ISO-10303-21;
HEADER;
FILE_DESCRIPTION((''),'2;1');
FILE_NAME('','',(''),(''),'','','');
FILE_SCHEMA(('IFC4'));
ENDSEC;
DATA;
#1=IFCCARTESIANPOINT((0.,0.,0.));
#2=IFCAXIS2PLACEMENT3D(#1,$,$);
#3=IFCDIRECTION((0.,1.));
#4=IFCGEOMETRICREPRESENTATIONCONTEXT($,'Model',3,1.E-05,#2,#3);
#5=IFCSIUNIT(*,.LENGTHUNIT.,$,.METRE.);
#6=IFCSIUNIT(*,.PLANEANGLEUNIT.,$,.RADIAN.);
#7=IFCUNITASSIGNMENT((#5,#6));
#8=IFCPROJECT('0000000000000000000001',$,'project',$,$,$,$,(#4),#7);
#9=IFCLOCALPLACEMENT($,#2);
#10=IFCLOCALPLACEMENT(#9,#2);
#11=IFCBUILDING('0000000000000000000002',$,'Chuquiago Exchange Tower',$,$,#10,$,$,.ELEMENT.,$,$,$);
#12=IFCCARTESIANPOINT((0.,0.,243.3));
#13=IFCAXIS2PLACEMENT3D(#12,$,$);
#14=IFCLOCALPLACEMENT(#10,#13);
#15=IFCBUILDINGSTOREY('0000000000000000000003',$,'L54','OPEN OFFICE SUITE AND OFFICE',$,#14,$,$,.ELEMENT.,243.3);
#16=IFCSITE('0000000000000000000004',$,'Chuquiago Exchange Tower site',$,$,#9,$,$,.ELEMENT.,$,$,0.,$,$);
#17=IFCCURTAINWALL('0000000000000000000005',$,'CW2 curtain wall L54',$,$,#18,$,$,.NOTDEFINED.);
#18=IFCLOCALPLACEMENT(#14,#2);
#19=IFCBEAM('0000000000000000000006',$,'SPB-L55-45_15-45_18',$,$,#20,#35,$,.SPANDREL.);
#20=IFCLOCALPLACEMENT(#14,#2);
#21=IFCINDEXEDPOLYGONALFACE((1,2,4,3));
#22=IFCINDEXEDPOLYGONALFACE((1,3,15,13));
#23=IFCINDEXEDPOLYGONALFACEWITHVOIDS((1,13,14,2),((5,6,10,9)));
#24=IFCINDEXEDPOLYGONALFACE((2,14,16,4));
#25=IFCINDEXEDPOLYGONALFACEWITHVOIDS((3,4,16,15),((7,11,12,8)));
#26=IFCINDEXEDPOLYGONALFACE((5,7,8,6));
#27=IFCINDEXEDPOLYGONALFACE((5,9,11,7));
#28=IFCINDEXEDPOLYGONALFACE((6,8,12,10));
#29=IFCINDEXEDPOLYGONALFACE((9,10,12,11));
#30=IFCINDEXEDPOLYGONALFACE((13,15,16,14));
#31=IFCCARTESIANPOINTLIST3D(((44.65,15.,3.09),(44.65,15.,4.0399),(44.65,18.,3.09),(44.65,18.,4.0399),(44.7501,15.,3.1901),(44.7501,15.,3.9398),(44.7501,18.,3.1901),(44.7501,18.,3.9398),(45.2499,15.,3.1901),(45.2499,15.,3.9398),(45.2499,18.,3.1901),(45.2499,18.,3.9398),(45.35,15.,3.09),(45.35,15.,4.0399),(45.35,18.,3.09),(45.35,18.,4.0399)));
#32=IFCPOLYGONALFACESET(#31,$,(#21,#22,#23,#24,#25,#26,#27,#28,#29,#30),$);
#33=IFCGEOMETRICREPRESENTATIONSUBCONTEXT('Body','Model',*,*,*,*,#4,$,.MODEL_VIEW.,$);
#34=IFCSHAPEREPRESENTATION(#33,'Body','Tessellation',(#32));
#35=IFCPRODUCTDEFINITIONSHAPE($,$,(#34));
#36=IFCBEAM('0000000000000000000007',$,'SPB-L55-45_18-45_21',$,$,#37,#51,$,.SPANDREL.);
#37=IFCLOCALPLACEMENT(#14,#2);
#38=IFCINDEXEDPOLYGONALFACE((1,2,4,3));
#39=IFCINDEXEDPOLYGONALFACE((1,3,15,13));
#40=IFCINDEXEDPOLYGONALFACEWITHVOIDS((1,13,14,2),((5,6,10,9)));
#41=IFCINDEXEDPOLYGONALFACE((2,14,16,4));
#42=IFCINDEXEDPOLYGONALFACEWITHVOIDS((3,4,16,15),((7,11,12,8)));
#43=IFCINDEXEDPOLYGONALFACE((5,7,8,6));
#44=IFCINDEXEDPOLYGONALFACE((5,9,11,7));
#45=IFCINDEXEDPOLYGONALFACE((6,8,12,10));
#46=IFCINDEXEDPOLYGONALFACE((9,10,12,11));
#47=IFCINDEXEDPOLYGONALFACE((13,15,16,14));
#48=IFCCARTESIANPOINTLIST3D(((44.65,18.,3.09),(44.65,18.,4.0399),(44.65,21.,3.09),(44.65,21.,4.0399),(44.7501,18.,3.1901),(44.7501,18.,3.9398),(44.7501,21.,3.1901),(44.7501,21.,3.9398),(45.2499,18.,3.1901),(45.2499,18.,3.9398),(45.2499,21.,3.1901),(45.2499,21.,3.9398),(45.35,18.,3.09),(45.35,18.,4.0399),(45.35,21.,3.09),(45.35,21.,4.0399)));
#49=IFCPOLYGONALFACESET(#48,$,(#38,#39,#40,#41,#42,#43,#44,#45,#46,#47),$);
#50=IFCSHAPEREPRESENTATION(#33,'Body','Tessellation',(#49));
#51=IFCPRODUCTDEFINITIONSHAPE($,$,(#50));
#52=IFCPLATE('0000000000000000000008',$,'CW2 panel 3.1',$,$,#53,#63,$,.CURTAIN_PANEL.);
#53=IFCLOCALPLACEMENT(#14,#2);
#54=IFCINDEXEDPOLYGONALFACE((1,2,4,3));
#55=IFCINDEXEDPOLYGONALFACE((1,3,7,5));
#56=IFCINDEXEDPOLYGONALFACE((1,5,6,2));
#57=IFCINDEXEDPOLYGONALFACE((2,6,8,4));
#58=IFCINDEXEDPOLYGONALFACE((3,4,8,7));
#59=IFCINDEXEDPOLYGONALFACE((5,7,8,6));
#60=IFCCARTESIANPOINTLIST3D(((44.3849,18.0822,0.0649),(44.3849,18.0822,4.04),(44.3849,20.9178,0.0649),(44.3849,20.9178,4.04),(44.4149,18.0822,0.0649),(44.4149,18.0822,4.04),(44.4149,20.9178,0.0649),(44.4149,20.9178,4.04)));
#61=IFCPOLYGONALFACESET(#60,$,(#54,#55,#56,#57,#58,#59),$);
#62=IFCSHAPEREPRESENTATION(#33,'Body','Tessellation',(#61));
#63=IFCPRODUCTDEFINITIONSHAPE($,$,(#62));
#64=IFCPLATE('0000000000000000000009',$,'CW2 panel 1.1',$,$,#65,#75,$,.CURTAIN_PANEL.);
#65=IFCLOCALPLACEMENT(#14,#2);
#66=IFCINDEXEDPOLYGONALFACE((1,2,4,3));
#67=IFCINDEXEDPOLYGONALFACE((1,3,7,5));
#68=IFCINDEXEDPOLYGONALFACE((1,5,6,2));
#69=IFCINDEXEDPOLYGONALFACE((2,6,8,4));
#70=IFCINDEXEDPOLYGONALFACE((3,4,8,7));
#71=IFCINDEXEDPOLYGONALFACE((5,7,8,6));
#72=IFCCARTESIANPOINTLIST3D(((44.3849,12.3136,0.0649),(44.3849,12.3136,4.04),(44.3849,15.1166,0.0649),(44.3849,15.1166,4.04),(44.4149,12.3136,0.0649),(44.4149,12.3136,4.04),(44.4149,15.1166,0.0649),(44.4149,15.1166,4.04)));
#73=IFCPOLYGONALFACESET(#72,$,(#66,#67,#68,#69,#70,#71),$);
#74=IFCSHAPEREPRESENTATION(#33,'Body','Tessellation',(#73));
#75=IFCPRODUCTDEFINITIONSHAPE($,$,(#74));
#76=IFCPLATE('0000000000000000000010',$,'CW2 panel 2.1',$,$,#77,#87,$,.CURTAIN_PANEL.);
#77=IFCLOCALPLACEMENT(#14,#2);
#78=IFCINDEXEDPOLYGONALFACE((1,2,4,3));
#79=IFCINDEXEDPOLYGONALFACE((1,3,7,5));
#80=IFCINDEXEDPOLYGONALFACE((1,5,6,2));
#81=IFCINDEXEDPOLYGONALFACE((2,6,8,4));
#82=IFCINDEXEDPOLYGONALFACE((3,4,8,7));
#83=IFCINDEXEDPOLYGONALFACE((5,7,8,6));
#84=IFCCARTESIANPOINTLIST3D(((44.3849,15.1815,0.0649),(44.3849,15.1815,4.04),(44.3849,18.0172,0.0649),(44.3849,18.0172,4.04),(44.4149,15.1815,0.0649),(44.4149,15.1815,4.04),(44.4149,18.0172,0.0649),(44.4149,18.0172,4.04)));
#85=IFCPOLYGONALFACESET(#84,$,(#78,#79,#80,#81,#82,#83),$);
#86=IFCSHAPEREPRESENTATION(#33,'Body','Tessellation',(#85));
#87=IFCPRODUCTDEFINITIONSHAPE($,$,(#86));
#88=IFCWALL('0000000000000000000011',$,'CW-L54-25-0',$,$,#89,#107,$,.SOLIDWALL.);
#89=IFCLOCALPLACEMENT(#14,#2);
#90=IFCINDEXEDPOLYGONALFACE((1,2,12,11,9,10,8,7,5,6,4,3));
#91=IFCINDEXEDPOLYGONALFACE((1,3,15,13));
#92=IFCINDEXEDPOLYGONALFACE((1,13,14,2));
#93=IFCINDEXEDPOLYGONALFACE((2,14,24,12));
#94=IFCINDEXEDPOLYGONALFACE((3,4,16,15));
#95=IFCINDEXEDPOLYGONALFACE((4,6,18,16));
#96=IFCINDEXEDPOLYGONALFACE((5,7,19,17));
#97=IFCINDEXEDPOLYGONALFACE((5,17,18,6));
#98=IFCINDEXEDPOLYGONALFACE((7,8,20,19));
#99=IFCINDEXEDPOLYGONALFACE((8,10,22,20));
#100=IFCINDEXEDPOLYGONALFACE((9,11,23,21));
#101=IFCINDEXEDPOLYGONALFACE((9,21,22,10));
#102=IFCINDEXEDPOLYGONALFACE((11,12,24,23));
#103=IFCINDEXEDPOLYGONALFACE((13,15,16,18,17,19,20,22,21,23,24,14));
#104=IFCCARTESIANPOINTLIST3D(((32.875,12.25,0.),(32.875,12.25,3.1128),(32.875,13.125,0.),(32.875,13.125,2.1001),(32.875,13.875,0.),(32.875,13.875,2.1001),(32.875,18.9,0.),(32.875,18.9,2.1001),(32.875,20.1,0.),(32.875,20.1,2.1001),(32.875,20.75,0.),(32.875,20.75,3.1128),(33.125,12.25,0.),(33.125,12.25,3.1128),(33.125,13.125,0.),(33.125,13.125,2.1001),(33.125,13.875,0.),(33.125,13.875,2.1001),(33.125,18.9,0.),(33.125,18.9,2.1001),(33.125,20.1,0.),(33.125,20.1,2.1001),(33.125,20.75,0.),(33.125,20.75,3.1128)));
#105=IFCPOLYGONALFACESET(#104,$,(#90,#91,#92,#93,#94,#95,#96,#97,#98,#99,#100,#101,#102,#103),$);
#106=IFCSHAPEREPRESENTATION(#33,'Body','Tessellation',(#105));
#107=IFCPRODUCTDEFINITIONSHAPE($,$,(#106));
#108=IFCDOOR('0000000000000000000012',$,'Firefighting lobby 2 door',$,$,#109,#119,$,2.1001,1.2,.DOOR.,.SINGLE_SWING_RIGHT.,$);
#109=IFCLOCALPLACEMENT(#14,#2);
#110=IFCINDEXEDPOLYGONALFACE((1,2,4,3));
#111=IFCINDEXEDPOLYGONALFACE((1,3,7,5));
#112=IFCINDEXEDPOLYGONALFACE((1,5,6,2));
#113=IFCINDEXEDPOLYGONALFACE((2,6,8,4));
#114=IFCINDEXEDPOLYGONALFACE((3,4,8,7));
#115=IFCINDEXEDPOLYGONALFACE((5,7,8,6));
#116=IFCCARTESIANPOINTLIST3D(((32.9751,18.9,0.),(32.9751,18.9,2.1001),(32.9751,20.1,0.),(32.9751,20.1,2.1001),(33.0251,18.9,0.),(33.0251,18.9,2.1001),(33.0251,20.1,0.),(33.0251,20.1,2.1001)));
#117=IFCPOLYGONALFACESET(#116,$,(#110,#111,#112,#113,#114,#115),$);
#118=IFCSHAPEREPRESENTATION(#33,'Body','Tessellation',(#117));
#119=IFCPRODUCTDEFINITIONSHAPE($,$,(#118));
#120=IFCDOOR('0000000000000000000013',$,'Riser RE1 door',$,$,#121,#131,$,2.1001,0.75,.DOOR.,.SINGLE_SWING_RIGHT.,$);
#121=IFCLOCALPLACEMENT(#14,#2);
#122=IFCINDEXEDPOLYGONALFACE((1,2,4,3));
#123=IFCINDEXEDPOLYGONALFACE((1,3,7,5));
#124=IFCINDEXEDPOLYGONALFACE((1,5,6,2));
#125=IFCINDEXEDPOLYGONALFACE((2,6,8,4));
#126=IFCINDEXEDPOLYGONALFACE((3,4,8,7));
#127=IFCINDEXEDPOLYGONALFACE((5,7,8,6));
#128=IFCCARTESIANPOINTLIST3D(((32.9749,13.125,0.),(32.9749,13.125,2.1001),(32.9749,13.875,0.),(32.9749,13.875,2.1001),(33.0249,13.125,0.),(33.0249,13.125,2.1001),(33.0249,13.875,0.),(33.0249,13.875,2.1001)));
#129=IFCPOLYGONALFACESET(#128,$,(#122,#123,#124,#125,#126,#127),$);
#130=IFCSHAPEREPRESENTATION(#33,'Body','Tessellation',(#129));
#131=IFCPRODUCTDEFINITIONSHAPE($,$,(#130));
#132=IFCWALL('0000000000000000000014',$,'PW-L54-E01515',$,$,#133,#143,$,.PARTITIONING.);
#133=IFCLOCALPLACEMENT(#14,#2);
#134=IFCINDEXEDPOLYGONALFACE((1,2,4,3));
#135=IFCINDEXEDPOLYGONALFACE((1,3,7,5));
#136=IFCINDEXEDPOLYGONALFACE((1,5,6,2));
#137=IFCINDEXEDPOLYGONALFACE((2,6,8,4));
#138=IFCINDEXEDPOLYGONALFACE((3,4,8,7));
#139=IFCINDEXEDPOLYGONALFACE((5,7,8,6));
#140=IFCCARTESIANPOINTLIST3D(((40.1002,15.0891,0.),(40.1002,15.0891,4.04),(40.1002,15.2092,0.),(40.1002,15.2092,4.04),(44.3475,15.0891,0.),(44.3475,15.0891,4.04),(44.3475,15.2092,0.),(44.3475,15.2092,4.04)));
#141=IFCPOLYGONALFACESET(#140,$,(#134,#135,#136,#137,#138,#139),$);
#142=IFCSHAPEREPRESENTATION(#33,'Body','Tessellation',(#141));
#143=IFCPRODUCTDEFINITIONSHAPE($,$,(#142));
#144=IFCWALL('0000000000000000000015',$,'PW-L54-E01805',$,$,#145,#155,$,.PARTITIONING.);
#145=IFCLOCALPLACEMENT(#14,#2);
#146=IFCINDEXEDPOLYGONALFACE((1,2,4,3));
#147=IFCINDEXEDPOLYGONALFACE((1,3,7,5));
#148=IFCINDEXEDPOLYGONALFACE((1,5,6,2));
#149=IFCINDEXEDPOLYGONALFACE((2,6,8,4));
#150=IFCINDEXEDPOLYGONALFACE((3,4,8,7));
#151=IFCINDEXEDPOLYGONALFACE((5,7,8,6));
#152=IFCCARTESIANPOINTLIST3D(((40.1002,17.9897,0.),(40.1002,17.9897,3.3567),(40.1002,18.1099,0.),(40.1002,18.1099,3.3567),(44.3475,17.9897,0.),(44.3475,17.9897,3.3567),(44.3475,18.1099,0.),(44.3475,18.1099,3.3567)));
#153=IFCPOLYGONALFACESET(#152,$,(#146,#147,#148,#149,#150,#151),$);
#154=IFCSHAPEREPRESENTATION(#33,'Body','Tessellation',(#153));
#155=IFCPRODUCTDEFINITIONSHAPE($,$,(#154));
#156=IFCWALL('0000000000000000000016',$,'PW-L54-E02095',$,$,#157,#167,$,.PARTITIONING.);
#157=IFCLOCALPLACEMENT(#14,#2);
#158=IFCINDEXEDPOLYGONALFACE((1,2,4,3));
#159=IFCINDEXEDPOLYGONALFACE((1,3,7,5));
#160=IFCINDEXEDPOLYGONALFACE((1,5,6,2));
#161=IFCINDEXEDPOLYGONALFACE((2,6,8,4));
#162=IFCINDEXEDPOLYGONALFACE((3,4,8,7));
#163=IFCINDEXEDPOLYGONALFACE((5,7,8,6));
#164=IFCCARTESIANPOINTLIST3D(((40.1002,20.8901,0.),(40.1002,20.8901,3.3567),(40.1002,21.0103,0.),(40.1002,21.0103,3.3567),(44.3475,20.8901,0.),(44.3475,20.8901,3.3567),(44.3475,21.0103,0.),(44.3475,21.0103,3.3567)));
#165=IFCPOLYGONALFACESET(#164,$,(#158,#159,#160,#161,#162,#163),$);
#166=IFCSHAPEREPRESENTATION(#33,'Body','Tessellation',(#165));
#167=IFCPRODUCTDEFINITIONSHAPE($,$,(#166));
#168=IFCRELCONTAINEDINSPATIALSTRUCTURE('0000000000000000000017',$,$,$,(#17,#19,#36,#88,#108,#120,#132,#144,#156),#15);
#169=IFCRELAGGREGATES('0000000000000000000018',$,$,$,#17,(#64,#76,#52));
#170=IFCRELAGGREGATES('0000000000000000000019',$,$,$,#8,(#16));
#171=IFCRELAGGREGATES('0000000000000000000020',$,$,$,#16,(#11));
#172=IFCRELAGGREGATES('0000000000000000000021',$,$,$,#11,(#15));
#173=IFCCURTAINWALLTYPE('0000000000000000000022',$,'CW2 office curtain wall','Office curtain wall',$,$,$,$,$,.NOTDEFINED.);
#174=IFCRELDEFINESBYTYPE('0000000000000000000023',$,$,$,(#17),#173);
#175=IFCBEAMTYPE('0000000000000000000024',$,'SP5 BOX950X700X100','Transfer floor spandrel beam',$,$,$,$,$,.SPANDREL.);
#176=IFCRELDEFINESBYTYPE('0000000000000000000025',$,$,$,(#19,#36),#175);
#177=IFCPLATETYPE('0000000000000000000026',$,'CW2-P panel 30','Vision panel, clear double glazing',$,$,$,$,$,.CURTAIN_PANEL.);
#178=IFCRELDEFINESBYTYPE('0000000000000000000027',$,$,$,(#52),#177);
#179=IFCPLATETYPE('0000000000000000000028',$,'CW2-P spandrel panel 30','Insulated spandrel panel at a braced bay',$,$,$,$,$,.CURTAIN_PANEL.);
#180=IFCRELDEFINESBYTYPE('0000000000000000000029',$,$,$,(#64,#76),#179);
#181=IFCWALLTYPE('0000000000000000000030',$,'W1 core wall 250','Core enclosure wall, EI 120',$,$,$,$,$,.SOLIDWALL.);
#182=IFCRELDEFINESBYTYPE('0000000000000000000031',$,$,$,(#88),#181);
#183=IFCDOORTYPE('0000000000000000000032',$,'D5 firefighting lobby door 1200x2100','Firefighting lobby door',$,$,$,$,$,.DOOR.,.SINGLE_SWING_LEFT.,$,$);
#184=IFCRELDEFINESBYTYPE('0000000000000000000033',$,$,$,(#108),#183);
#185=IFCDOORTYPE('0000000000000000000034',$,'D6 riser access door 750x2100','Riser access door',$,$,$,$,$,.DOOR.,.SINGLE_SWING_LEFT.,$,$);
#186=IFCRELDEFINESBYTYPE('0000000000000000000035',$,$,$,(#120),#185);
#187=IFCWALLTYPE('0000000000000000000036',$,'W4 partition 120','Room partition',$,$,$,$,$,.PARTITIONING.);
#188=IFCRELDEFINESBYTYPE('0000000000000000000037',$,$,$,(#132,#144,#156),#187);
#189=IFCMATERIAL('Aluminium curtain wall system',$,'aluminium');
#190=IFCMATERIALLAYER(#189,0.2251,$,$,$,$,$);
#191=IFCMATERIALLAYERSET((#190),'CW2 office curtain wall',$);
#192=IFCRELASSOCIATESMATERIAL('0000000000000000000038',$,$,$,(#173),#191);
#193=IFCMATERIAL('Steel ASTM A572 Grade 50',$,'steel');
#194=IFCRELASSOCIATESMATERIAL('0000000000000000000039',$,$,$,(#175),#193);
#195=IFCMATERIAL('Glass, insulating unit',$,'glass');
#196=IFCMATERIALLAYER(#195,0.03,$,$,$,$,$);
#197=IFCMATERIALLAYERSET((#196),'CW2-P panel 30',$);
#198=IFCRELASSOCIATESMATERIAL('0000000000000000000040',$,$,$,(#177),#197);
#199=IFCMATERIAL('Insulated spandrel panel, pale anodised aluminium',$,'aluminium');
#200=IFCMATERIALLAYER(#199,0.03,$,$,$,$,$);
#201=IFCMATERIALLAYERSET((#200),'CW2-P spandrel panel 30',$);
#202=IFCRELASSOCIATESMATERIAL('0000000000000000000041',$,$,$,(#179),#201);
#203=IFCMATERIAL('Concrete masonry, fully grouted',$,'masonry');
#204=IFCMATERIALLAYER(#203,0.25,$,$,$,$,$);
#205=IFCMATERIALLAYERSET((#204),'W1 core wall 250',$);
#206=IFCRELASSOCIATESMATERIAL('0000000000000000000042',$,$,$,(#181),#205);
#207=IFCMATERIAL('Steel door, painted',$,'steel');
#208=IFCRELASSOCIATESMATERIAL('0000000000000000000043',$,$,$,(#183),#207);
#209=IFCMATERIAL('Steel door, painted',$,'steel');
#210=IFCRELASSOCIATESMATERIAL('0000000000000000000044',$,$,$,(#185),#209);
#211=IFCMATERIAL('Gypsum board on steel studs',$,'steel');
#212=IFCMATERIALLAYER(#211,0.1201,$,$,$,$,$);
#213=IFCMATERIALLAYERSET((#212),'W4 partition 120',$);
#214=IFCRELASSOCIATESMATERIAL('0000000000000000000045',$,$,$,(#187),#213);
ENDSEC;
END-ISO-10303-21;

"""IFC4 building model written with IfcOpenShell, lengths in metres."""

from ifc_helpers import new_model, si_unit, direction, frame, frame_2d, origin, origin_2d, place, context, subcontext, project, spatial, rectangle, hollow_rectangle, extrude, material, layer, layer_set, material_profile, profile_set, type_object, element, fill, aggregate, save


model = new_model("IFC4")

# Units and contexts
model_context = context("Model", 3, precision=1e-05, world=origin(), true_north=direction((0.0, 1.0)))
body_context = subcontext(model_context, "Body", "Model", "MODEL_VIEW")
ifc_project = project(units=[si_unit("LENGTHUNIT", "METRE"), si_unit("PLANEANGLEUNIT", "RADIAN")], contexts=[model_context])

# Site, building, storey
site_placement = place(None, origin())
site = spatial("IfcSite", under=ifc_project, at=site_placement, Name="Chuquiago Exchange Tower site", CompositionType="ELEMENT", RefElevation=0.0)
building_placement = place(site_placement, origin())
building = spatial("IfcBuilding", under=site, at=building_placement, Name="Chuquiago Exchange Tower", CompositionType="ELEMENT")
storey_placement = place(building_placement, frame((0.0, 0.0, 243.3)))
storey = spatial("IfcBuildingStorey", under=building, at=storey_placement, Name="L54", Description="OPEN OFFICE SUITE AND OFFICE", CompositionType="ELEMENT", Elevation=243.3)

# Curtain wall
ifc_material_1 = material(Name="Aluminium curtain wall system", Category="aluminium")
ifc_layer_1 = layer(ifc_material_1, 0.2251)
ifc_layer_set_1 = layer_set([ifc_layer_1], Name="CW2 office curtain wall")
curtain_wall_type_1 = type_object("IfcCurtainWallType", Name="CW2 office curtain wall", Description="Office curtain wall", PredefinedType="NOTDEFINED", material=ifc_layer_set_1)
curtain_wall_1_placement = place(storey_placement, origin())
curtain_wall_1 = element("IfcCurtainWall", 1, at=curtain_wall_1_placement, inside=storey, type_object=curtain_wall_type_1, Name="CW2 curtain wall L54", PredefinedType="NOTDEFINED")

# Beams
ifc_material_2 = material(Name="Steel ASTM A572 Grade 50", Category="steel")
ifc_material_profile_1 = material_profile(ifc_material_2, hollow_rectangle(XDim=0.7, YDim=0.95, WallThickness=0.1001, at=origin_2d()), Name="BOX950X700X100")
ifc_profile_set_1 = profile_set([ifc_material_profile_1], Name="Steel ASTM A572 Grade 50")
beam_type_1 = type_object("IfcBeamType", Name="SP5 BOX950X700X100", Description="Transfer floor spandrel beam", PredefinedType="SPANDREL", material=ifc_profile_set_1)
for number, where, z_axis, x_axis, name in (
    (2, (45.0, 15.0, 3.5649), (0.0, 1.0, 0.0), (-1.0, 0.0, 0.0), "SPB-L55-45_15-45_18"),
    (3, (45.0, 18.0, 3.5649), (0.0, 1.0, 0.0), (-1.0, 0.0, 0.0), "SPB-L55-45_18-45_21"),
):
    element("IfcBeam", number, at=place(storey_placement, frame(where, z_axis=z_axis, x_axis=x_axis)), inside=storey, type_object=beam_type_1, Name=name, PredefinedType="SPANDREL", context=body_context, shape_type="SweptSolid", body=[
        extrude(hollow_rectangle(XDim=0.7, YDim=0.95, WallThickness=0.1001, at=origin_2d()), origin(), (0.0, 0.0, 1.0), 3.0),
    ])

# Plates
ifc_material_3 = material(Name="Glass, insulating unit", Category="glass")
ifc_layer_2 = layer(ifc_material_3, 0.03)
ifc_layer_set_2 = layer_set([ifc_layer_2], Name="CW2-P panel 30")
plate_type_1 = type_object("IfcPlateType", Name="CW2-P panel 30", Description="Vision panel, clear double glazing", PredefinedType="CURTAIN_PANEL", material=ifc_layer_set_2)
plate_1_placement = place(storey_placement, frame((44.3999, 19.5, 0.0649), z_axis=(0.0, 0.0, 1.0), x_axis=(0.0, 1.0, 0.0)))
plate_1 = element("IfcPlate", 4, at=plate_1_placement, type_object=plate_type_1, Name="CW2 panel 3.1", PredefinedType="CURTAIN_PANEL", context=body_context, shape_type="SweptSolid", body=[
    extrude(rectangle(XDim=2.8357, YDim=0.03, at=origin_2d()), origin(), (0.0, 0.0, 1.0), 3.9751),
])
ifc_material_4 = material(Name="Insulated spandrel panel, pale anodised aluminium", Category="aluminium")
ifc_layer_3 = layer(ifc_material_4, 0.03)
ifc_layer_set_3 = layer_set([ifc_layer_3], Name="CW2-P spandrel panel 30")
plate_type_2 = type_object("IfcPlateType", Name="CW2-P spandrel panel 30", Description="Insulated spandrel panel at a braced bay", PredefinedType="CURTAIN_PANEL", material=ifc_layer_set_3)
plate_2_placement = place(storey_placement, frame((44.3999, 13.7151, 0.0649), z_axis=(0.0, 0.0, 1.0), x_axis=(0.0, 1.0, 0.0)))
plate_2 = element("IfcPlate", 5, at=plate_2_placement, type_object=plate_type_2, Name="CW2 panel 1.1", PredefinedType="CURTAIN_PANEL", context=body_context, shape_type="SweptSolid", body=[
    extrude(rectangle(XDim=2.803, YDim=0.03, at=origin_2d()), origin(), (0.0, 0.0, 1.0), 3.9751),
])
plate_3_placement = place(storey_placement, frame((44.3999, 16.5994, 0.0649), z_axis=(0.0, 0.0, 1.0), x_axis=(0.0, 1.0, 0.0)))
plate_3 = element("IfcPlate", 6, at=plate_3_placement, type_object=plate_type_2, Name="CW2 panel 2.1", PredefinedType="CURTAIN_PANEL", context=body_context, shape_type="SweptSolid", body=[
    extrude(rectangle(XDim=2.8357, YDim=0.03, at=origin_2d()), origin(), (0.0, 0.0, 1.0), 3.9751),
])
aggregate(curtain_wall_1, [plate_2, plate_3, plate_1])

# Wall, openings, doors
ifc_material_5 = material(Name="Concrete masonry, fully grouted", Category="masonry")
ifc_layer_4 = layer(ifc_material_5, 0.25)
ifc_layer_set_4 = layer_set([ifc_layer_4], Name="W1 core wall 250")
wall_type_1 = type_object("IfcWallType", Name="W1 core wall 250", Description="Core enclosure wall, EI 120", PredefinedType="SOLIDWALL", material=ifc_layer_set_4)
wall_1_placement = place(storey_placement, frame((33.0, 12.25, 0.0), z_axis=(0.0, 0.0, 1.0), x_axis=(0.0, 1.0, 0.0)))
wall_1 = element("IfcWall", 7, at=wall_1_placement, inside=storey, type_object=wall_type_1, Name="CW-L54-25-0", PredefinedType="SOLIDWALL", context=body_context, shape_type="SweptSolid", body=[
    extrude(rectangle(XDim=8.5, YDim=0.25, at=frame_2d((4.25, 0.0))), origin(), (0.0, 0.0, 1.0), 3.1128),
])
opening_1_placement = place(wall_1_placement, frame((6.6499, 0.0, 0.0)))
opening_1 = element("IfcOpeningElement", 8, at=opening_1_placement, cuts=wall_1, PredefinedType="OPENING", context=body_context, shape_type="SweptSolid", body=[
    extrude(rectangle(XDim=1.2, YDim=2.1001, at=frame_2d((0.6001, 1.05))), frame((0.0, 0.135, 0.0), z_axis=(0.0, -1.0, 0.0), x_axis=(1.0, 0.0, 0.0)), (0.0, 0.0, 1.0), 0.27),
])
opening_2_placement = place(wall_1_placement, frame((0.875, 0.0, 0.0)))
opening_2 = element("IfcOpeningElement", 9, at=opening_2_placement, cuts=wall_1, PredefinedType="OPENING", context=body_context, shape_type="SweptSolid", body=[
    extrude(rectangle(XDim=0.75, YDim=2.1001, at=frame_2d((0.375, 1.05))), frame((0.0, 0.135, 0.0), z_axis=(0.0, -1.0, 0.0), x_axis=(1.0, 0.0, 0.0)), (0.0, 0.0, 1.0), 0.27),
])
ifc_material_6 = material(Name="Steel door, painted", Category="steel")
door_type_1 = type_object("IfcDoorType", Name="D5 firefighting lobby door 1200x2100", Description="Firefighting lobby door", OperationType="SINGLE_SWING_LEFT", PredefinedType="DOOR", material=ifc_material_6)
door_1_placement = place(opening_1_placement, origin())
door_1 = element("IfcDoor", 10, at=door_1_placement, inside=storey, type_object=door_type_1, Name="Firefighting lobby 2 door", OperationType="SINGLE_SWING_RIGHT", OverallHeight=2.1001, OverallWidth=1.2, PredefinedType="DOOR", context=body_context, shape_type="SweptSolid", body=[
    extrude(rectangle(XDim=1.2, YDim=2.1001, at=frame_2d((0.6001, 1.05))), frame((0.0, 0.0249, 0.0), z_axis=(0.0, -1.0, 0.0), x_axis=(1.0, 0.0, 0.0)), (0.0, 0.0, 1.0), 0.05),
])
fill(opening_1, door_1)
ifc_material_7 = material(Name="Steel door, painted", Category="steel")
door_type_2 = type_object("IfcDoorType", Name="D6 riser access door 750x2100", Description="Riser access door", OperationType="SINGLE_SWING_LEFT", PredefinedType="DOOR", material=ifc_material_7)
door_2_placement = place(opening_2_placement, frame((0.75, 0.0, 0.0), z_axis=(0.0, 0.0, 1.0), x_axis=(-1.0, 0.0, 0.0)))
door_2 = element("IfcDoor", 11, at=door_2_placement, inside=storey, type_object=door_type_2, Name="Riser RE1 door", OperationType="SINGLE_SWING_RIGHT", OverallHeight=2.1001, OverallWidth=0.75, PredefinedType="DOOR", context=body_context, shape_type="SweptSolid", body=[
    extrude(rectangle(XDim=0.75, YDim=2.1001, at=frame_2d((0.375, 1.05))), frame((0.0, 0.0249, 0.0), z_axis=(0.0, -1.0, 0.0), x_axis=(1.0, 0.0, 0.0)), (0.0, 0.0, 1.0), 0.05),
])
fill(opening_2, door_2)

# Walls
ifc_material_8 = material(Name="Gypsum board on steel studs", Category="steel")
ifc_layer_5 = layer(ifc_material_8, 0.1201)
ifc_layer_set_5 = layer_set([ifc_layer_5], Name="W4 partition 120")
wall_type_2 = type_object("IfcWallType", Name="W4 partition 120", Description="Room partition", PredefinedType="PARTITIONING", material=ifc_layer_set_5)
wall_2_placement = place(storey_placement, frame((44.3474, 15.1492, 0.0), z_axis=(0.0, 0.0, 1.0), x_axis=(-1.0, 0.0, 0.0)))
element("IfcWall", 12, at=wall_2_placement, inside=storey, type_object=wall_type_2, Name="PW-L54-E01515", PredefinedType="PARTITIONING", context=body_context, shape_type="SweptSolid", body=[
    extrude(rectangle(XDim=4.2473, YDim=0.1201, at=frame_2d((2.1235, 0.0))), origin(), (0.0, 0.0, 1.0), 4.04),
])
for number, where, z_axis, x_axis, name in (
    (13, (44.3474, 18.0498, 0.0), (0.0, 0.0, 1.0), (-1.0, 0.0, 0.0), "PW-L54-E01805"),
    (14, (44.3474, 20.9502, 0.0), (0.0, 0.0, 1.0), (-1.0, 0.0, 0.0), "PW-L54-E02095"),
):
    element("IfcWall", number, at=place(storey_placement, frame(where, z_axis=z_axis, x_axis=x_axis)), inside=storey, type_object=wall_type_2, Name=name, PredefinedType="PARTITIONING", context=body_context, shape_type="SweptSolid", body=[
        extrude(rectangle(XDim=4.2473, YDim=0.1201, at=frame_2d((2.1235, 0.0))), origin(), (0.0, 0.0, 1.0), 3.3567),
    ])

save(model, "model.ifc")
